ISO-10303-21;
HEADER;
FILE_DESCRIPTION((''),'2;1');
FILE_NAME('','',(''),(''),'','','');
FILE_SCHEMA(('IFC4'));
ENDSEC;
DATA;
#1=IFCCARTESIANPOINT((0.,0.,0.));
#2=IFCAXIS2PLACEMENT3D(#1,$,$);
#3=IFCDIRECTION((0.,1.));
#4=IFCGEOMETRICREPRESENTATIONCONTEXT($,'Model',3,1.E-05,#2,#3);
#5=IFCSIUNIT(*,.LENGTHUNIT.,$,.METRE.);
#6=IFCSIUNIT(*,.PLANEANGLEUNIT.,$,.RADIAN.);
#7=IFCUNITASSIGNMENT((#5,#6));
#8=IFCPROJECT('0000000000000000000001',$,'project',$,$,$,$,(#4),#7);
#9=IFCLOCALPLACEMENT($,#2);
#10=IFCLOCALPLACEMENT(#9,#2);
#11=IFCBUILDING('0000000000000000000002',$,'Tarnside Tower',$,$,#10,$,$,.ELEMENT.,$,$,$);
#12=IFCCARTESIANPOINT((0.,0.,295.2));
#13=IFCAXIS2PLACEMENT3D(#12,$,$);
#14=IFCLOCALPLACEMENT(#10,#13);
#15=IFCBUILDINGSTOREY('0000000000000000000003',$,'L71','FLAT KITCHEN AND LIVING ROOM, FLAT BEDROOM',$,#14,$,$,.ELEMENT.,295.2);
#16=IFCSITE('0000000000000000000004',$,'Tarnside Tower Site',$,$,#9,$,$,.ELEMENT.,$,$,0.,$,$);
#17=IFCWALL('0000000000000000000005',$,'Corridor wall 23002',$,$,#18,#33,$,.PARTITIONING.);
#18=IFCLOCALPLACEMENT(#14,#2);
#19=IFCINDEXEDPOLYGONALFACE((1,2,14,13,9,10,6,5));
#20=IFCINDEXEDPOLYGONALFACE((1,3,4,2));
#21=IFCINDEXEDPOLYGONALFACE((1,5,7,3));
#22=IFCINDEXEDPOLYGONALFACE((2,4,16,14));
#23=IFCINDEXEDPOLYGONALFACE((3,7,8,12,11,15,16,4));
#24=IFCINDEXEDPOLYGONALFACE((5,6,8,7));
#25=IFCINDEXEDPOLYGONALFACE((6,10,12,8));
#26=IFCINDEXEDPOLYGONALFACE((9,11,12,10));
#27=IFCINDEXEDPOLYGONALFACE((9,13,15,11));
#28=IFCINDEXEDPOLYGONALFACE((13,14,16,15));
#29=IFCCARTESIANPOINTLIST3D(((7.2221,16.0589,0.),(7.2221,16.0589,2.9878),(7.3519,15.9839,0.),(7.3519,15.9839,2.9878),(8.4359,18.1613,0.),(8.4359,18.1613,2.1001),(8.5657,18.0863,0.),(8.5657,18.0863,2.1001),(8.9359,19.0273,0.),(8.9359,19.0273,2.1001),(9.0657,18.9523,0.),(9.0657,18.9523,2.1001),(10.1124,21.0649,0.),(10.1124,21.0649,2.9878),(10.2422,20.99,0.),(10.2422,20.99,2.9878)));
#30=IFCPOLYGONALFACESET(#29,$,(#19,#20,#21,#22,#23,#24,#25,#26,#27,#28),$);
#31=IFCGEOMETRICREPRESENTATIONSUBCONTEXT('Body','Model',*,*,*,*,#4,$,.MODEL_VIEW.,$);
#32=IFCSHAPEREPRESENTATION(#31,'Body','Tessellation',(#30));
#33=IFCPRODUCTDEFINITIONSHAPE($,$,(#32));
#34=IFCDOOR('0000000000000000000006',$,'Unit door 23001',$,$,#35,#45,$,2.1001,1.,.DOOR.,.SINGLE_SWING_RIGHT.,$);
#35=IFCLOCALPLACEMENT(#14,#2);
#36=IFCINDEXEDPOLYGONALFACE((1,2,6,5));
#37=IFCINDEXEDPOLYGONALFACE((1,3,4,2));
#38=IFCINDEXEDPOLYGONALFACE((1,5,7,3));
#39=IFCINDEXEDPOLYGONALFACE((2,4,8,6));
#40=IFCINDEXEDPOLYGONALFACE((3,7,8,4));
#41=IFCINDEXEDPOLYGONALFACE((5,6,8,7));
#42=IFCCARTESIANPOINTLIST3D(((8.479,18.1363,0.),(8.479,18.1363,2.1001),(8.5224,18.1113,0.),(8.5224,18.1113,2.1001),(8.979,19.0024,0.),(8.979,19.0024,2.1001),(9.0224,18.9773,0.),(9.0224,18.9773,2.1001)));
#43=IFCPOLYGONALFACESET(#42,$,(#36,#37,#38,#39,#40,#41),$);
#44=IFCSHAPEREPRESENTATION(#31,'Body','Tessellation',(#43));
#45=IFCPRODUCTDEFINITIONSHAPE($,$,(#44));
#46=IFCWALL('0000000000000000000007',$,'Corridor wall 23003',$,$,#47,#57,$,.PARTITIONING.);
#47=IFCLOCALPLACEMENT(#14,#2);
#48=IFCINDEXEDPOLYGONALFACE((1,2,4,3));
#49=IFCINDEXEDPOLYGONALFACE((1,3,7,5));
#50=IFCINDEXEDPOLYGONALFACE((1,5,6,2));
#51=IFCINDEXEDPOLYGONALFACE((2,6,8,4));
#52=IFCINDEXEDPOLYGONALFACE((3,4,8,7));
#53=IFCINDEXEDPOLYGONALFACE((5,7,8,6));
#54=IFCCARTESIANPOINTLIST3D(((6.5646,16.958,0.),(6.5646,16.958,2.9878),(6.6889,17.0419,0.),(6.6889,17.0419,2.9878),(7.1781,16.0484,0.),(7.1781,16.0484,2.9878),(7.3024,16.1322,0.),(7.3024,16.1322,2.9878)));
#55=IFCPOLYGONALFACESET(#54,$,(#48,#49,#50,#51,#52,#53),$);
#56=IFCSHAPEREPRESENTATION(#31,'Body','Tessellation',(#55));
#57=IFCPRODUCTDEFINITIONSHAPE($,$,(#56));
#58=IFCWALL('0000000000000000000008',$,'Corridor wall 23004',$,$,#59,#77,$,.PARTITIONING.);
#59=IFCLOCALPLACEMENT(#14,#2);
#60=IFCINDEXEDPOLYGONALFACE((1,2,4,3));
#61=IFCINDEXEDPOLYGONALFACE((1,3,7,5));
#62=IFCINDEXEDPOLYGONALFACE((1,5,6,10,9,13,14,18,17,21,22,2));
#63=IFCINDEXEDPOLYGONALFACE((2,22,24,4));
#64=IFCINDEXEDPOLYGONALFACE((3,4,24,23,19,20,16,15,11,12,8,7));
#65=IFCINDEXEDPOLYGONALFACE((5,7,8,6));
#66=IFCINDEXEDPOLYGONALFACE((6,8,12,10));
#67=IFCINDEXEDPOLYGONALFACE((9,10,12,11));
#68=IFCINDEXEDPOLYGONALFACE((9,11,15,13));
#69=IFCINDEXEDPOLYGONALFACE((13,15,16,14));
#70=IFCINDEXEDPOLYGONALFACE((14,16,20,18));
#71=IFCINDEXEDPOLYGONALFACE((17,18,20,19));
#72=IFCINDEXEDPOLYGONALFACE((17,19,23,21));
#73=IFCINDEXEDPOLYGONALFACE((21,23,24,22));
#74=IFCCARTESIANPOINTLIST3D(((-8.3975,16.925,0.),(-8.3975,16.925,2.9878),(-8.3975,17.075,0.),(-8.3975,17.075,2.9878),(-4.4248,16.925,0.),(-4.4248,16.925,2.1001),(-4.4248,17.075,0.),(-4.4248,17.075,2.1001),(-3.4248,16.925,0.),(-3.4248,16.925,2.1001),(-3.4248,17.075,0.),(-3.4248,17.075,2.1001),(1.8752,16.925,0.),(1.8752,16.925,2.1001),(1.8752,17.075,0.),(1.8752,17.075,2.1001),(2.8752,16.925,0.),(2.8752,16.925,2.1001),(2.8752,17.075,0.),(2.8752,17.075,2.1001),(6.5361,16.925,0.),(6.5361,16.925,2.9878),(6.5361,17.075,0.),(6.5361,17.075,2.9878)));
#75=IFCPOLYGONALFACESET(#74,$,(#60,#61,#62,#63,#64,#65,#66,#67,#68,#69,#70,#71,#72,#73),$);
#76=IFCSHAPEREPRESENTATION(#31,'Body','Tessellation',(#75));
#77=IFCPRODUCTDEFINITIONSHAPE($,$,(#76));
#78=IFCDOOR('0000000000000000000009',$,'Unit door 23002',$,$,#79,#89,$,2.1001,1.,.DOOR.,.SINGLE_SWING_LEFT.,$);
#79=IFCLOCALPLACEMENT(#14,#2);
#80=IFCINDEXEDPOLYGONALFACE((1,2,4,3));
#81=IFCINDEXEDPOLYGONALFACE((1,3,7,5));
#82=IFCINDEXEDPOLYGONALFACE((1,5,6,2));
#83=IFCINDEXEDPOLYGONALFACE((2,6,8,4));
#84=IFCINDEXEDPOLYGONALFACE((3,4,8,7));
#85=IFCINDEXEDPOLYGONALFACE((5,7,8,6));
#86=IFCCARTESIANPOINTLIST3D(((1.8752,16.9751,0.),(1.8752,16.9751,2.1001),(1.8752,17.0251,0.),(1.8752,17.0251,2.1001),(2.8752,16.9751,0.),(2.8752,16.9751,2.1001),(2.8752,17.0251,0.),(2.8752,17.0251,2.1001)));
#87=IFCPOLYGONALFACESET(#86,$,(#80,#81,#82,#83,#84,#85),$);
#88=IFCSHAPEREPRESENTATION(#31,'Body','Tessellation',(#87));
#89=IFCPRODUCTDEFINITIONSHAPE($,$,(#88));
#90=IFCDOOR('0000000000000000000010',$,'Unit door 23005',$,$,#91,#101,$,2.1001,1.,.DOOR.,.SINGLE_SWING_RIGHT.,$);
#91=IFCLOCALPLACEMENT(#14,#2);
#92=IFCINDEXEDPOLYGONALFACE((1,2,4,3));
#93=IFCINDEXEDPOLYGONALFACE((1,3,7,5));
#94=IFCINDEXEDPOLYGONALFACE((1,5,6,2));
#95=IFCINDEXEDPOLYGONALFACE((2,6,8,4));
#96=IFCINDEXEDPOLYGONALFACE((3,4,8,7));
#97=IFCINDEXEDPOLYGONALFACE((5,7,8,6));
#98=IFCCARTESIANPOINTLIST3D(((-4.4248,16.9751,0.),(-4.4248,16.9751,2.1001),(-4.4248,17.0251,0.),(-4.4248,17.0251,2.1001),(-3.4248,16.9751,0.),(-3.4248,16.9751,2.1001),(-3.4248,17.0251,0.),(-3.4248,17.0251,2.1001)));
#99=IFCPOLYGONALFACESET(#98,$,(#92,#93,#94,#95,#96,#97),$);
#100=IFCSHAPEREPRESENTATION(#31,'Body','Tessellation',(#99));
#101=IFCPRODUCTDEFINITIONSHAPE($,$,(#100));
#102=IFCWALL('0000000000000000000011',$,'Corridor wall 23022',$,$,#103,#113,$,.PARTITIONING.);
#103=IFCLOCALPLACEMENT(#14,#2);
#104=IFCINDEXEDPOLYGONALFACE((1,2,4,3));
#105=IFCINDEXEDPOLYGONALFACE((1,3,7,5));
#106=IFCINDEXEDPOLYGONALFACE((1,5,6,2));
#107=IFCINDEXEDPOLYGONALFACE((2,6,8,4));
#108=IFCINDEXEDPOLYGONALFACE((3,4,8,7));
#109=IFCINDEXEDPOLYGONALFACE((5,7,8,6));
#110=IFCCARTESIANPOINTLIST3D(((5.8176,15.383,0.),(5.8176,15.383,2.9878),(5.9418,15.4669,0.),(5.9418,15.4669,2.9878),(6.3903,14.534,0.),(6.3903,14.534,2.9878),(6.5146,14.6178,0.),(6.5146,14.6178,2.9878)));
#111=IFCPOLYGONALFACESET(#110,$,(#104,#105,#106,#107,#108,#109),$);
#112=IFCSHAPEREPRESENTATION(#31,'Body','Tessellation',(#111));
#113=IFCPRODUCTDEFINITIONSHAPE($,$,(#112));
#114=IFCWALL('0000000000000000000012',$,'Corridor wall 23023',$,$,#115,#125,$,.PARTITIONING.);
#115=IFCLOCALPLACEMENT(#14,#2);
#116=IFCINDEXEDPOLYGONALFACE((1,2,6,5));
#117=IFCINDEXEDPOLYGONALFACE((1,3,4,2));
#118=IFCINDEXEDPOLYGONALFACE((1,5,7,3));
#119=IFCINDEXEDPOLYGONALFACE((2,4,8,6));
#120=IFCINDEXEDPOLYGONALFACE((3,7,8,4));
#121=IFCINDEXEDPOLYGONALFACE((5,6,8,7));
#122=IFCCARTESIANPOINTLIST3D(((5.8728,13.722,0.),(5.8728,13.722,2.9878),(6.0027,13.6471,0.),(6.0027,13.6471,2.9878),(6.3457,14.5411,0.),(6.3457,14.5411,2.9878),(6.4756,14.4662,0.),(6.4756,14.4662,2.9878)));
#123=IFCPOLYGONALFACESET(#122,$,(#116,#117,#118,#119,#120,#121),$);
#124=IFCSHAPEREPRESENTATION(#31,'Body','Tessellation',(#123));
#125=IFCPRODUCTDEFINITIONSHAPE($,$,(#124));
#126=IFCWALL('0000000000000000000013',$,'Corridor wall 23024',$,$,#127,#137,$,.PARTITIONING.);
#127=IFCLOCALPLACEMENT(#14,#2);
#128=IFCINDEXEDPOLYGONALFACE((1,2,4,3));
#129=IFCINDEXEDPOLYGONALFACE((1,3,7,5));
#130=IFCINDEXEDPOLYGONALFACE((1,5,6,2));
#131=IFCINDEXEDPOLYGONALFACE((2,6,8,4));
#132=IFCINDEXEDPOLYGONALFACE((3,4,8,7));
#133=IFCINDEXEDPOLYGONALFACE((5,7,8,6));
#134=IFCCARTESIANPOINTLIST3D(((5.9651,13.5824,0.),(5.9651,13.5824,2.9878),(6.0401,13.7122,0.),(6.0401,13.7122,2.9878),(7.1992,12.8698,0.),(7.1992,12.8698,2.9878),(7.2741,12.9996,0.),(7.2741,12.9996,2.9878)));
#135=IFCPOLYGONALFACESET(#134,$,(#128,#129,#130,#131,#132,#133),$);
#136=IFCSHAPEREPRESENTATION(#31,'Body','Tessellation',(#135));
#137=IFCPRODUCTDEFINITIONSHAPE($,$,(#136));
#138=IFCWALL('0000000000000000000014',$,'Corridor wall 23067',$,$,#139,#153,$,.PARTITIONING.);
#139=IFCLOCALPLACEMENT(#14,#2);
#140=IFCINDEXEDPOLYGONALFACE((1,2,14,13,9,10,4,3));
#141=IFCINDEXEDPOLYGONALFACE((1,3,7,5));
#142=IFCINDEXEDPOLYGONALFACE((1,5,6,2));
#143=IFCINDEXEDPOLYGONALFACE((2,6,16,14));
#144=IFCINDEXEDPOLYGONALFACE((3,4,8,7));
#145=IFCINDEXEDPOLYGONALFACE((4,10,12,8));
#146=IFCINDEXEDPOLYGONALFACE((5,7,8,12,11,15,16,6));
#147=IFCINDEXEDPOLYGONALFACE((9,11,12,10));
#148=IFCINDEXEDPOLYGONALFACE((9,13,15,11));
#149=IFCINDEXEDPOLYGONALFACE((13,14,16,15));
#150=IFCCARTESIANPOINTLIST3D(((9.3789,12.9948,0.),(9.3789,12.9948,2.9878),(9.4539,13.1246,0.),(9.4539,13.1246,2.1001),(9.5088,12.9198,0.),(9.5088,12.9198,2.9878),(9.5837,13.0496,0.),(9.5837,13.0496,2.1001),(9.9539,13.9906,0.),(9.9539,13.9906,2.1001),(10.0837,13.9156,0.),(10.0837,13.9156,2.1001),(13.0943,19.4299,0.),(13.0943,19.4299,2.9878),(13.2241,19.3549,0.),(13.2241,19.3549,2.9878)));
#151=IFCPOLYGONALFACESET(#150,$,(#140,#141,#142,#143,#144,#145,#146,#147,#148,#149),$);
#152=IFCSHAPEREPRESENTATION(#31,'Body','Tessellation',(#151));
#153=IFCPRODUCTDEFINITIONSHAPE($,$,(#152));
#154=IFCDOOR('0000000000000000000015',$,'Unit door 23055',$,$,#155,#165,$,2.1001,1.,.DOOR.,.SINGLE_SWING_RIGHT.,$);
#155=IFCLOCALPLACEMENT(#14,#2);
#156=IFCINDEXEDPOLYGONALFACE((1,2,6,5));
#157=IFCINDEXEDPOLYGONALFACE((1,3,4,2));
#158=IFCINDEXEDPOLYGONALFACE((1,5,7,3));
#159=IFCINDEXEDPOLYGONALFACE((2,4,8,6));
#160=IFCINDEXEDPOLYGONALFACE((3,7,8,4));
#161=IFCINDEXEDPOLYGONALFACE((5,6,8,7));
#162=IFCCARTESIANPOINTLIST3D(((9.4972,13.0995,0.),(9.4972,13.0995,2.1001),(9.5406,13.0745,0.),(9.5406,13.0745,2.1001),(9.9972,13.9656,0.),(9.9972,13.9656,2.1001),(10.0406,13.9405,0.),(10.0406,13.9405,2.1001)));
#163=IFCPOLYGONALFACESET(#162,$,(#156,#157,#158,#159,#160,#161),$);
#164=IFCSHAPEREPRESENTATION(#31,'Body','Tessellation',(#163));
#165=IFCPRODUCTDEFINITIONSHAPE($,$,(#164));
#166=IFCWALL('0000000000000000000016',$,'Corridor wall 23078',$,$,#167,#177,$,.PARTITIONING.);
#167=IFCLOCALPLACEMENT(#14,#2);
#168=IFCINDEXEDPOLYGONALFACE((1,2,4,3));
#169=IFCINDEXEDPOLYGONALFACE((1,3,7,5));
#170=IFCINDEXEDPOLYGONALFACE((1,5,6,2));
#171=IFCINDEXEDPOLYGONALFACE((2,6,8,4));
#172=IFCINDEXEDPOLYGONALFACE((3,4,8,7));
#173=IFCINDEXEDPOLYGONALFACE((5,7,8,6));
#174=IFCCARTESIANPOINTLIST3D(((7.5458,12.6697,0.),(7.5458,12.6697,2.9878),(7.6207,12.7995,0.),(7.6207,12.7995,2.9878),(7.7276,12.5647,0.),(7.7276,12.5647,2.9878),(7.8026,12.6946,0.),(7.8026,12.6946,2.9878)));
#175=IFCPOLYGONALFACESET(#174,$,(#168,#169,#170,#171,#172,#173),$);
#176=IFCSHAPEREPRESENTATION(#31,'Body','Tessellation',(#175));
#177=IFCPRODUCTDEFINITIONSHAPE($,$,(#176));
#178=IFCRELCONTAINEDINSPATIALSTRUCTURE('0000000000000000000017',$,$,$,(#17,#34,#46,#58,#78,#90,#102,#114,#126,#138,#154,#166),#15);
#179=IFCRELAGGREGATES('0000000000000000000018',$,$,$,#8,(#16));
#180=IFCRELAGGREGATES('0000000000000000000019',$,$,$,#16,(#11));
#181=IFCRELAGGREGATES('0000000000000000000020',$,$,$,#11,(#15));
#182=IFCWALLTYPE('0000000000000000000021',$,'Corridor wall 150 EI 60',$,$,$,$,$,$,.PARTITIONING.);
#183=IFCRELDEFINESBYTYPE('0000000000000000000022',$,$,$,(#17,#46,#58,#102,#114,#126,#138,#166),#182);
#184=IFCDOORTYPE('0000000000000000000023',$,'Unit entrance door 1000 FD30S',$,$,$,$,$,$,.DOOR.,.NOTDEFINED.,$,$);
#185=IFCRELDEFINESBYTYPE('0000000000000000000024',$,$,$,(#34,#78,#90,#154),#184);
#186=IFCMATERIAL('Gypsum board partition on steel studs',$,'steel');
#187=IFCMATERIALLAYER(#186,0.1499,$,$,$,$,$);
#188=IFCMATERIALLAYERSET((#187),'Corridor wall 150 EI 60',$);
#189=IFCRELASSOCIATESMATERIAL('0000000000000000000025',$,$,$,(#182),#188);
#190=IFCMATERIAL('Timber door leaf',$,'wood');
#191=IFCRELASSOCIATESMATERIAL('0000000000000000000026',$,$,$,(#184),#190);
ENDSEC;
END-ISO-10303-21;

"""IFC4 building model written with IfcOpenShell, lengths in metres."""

from ifc_helpers import new_model, si_unit, direction, frame, frame_2d, origin, place, context, subcontext, project, spatial, rectangle, extrude, material, layer, layer_set, type_object, element, fill, save


model = new_model("IFC4")

# Units and contexts
model_context = context("Model", 3, precision=1e-05, world=origin(), true_north=direction((0.0, 1.0)))
body_context = subcontext(model_context, "Body", "Model", "MODEL_VIEW")
ifc_project = project(units=[si_unit("LENGTHUNIT", "METRE"), si_unit("PLANEANGLEUNIT", "RADIAN")], contexts=[model_context])

# Site, building, storey
site_placement = place(None, origin())
site = spatial("IfcSite", under=ifc_project, at=site_placement, Name="Tarnside Tower Site", CompositionType="ELEMENT", RefElevation=0.0)
building_placement = place(site_placement, origin())
building = spatial("IfcBuilding", under=site, at=building_placement, Name="Tarnside Tower", CompositionType="ELEMENT")
storey_placement = place(building_placement, frame((0.0, 0.0, 295.2)))
storey = spatial("IfcBuildingStorey", under=building, at=storey_placement, Name="L71", Description="FLAT KITCHEN AND LIVING ROOM, FLAT BEDROOM", CompositionType="ELEMENT", Elevation=295.2)

# Shared definitions
ifc_material_1 = material(Name="Gypsum board partition on steel studs", Category="steel")

# Wall, opening, door
ifc_material_2 = material(Name="Timber door leaf", Category="wood")
ifc_layer_1 = layer(ifc_material_1, 0.1499)
ifc_layer_set_1 = layer_set([ifc_layer_1], Name="Corridor wall 150 EI 60")
wall_type_1 = type_object("IfcWallType", Name="Corridor wall 150 EI 60", PredefinedType="PARTITIONING", material=ifc_layer_set_1)
wall_1_placement = place(storey_placement, frame((10.1772, 21.0273, 0.0), z_axis=(0.0, 0.0, 1.0), x_axis=(-0.500014, -0.866017, 0.0)))
wall_1 = element("IfcWall", 1, at=wall_1_placement, inside=storey, type_object=wall_type_1, Name="Corridor wall 23002", PredefinedType="PARTITIONING", context=body_context, shape_type="SweptSolid", body=[
    extrude(rectangle(XDim=5.7805, YDim=0.1499, at=frame_2d((2.8901, 0.0))), origin(), (0.0, 0.0, 1.0), 2.9878),
])
opening_1_placement = place(wall_1_placement, frame((2.3528, 0.0, 0.0)))
opening_1 = element("IfcOpeningElement", 2, at=opening_1_placement, cuts=wall_1, PredefinedType="OPENING", context=body_context, shape_type="SweptSolid", body=[
    extrude(rectangle(XDim=1.0, YDim=2.1001, at=frame_2d((0.5, 1.05))), frame((0.0, 0.085, 0.0), z_axis=(0.0, -1.0, 0.0), x_axis=(1.0, 0.0, 0.0)), (0.0, 0.0, 1.0), 0.1699),
])
door_type_1 = type_object("IfcDoorType", Name="Unit entrance door 1000 FD30S", OperationType="NOTDEFINED", PredefinedType="DOOR", material=ifc_material_2)
door_1_placement = place(opening_1_placement, origin())
door_1 = element("IfcDoor", 3, at=door_1_placement, inside=storey, type_object=door_type_1, Name="Unit door 23001", OperationType="SINGLE_SWING_RIGHT", OverallHeight=2.1001, OverallWidth=1.0, PredefinedType="DOOR", context=body_context, shape_type="SweptSolid", body=[
    extrude(rectangle(XDim=1.0, YDim=2.1001, at=frame_2d((0.5, 1.05))), frame((0.0, 0.0249, 0.0), z_axis=(0.0, -1.0, 0.0), x_axis=(1.0, 0.0, 0.0)), (0.0, 0.0, 1.0), 0.05),
])
fill(opening_1, door_1)

# Wall
wall_2_placement = place(storey_placement, frame((7.2402, 16.0903, 0.0), z_axis=(0.0, 0.0, 1.0), x_axis=(-0.559159, 0.82906, 0.0)))
element("IfcWall", 4, at=wall_2_placement, inside=storey, type_object=wall_type_1, Name="Corridor wall 23003", PredefinedType="PARTITIONING", context=body_context, shape_type="SweptSolid", body=[
    extrude(rectangle(XDim=1.0972, YDim=0.1499, at=frame_2d((0.5486, 0.0))), origin(), (0.0, 0.0, 1.0), 2.9878),
])

# Wall, openings, doors
wall_3_placement = place(storey_placement, frame((6.5361, 17.0, 0.0), z_axis=(0.0, 0.0, 1.0), x_axis=(-1.0, 0.0, 0.0)))
wall_3 = element("IfcWall", 5, at=wall_3_placement, inside=storey, type_object=wall_type_1, Name="Corridor wall 23004", PredefinedType="PARTITIONING", context=body_context, shape_type="SweptSolid", body=[
    extrude(rectangle(XDim=14.9336, YDim=0.1499, at=frame_2d((7.4668, 0.0))), origin(), (0.0, 0.0, 1.0), 2.9878),
])
opening_2_placement = place(wall_3_placement, frame((3.6609, 0.0, 0.0)))
opening_2 = element("IfcOpeningElement", 6, at=opening_2_placement, cuts=wall_3, PredefinedType="OPENING", context=body_context, shape_type="SweptSolid", body=[
    extrude(rectangle(XDim=1.0, YDim=2.1001, at=frame_2d((0.5, 1.05))), frame((0.0, 0.085, 0.0), z_axis=(0.0, -1.0, 0.0), x_axis=(1.0, 0.0, 0.0)), (0.0, 0.0, 1.0), 0.1699),
])
opening_3_placement = place(wall_3_placement, frame((9.9609, 0.0, 0.0)))
opening_3 = element("IfcOpeningElement", 7, at=opening_3_placement, cuts=wall_3, PredefinedType="OPENING", context=body_context, shape_type="SweptSolid", body=[
    extrude(rectangle(XDim=1.0, YDim=2.1001, at=frame_2d((0.5, 1.05))), frame((0.0, 0.085, 0.0), z_axis=(0.0, -1.0, 0.0), x_axis=(1.0, 0.0, 0.0)), (0.0, 0.0, 1.0), 0.1699),
])
door_2_placement = place(opening_2_placement, origin())
door_2 = element("IfcDoor", 8, at=door_2_placement, inside=storey, type_object=door_type_1, Name="Unit door 23002", OperationType="SINGLE_SWING_LEFT", OverallHeight=2.1001, OverallWidth=1.0, PredefinedType="DOOR", context=body_context, shape_type="SweptSolid", body=[
    extrude(rectangle(XDim=1.0, YDim=2.1001, at=frame_2d((0.5, 1.05))), frame((0.0, 0.0249, 0.0), z_axis=(0.0, -1.0, 0.0), x_axis=(1.0, 0.0, 0.0)), (0.0, 0.0, 1.0), 0.05),
])
fill(opening_2, door_2)
door_3_placement = place(opening_3_placement, origin())
door_3 = element("IfcDoor", 9, at=door_3_placement, inside=storey, type_object=door_type_1, Name="Unit door 23005", OperationType="SINGLE_SWING_RIGHT", OverallHeight=2.1001, OverallWidth=1.0, PredefinedType="DOOR", context=body_context, shape_type="SweptSolid", body=[
    extrude(rectangle(XDim=1.0, YDim=2.1001, at=frame_2d((0.5, 1.05))), frame((0.0, 0.0249, 0.0), z_axis=(0.0, -1.0, 0.0), x_axis=(1.0, 0.0, 0.0)), (0.0, 0.0, 1.0), 0.05),
])
fill(opening_3, door_3)

# Walls
wall_4_placement = place(storey_placement, frame((5.8796, 15.425, 0.0), z_axis=(0.0, 0.0, 1.0), x_axis=(0.559203, -0.829031, 0.0)))
element("IfcWall", 10, at=wall_4_placement, inside=storey, type_object=wall_type_1, Name="Corridor wall 23022", PredefinedType="PARTITIONING", context=body_context, shape_type="SweptSolid", body=[
    extrude(rectangle(XDim=1.0242, YDim=0.1499, at=frame_2d((0.5122, 0.0))), origin(), (0.0, 0.0, 1.0), 2.9878),
])
wall_5_placement = place(storey_placement, frame((6.4106, 14.5037, 0.0), z_axis=(0.0, 0.0, 1.0), x_axis=(-0.499998, -0.866027, 0.0)))
element("IfcWall", 11, at=wall_5_placement, inside=storey, type_object=wall_type_1, Name="Corridor wall 23023", PredefinedType="PARTITIONING", context=body_context, shape_type="SweptSolid", body=[
    extrude(rectangle(XDim=0.9458, YDim=0.1499, at=frame_2d((0.4729, 0.0))), origin(), (0.0, 0.0, 1.0), 2.9878),
])
wall_6_placement = place(storey_placement, frame((6.0027, 13.6472, 0.0), z_axis=(0.0, 0.0, 1.0), x_axis=(0.865989, -0.500064, 0.0)))
element("IfcWall", 12, at=wall_6_placement, inside=storey, type_object=wall_type_1, Name="Corridor wall 23024", PredefinedType="PARTITIONING", context=body_context, shape_type="SweptSolid", body=[
    extrude(rectangle(XDim=1.425, YDim=0.1499, at=frame_2d((0.7124, 0.0))), origin(), (0.0, 0.0, 1.0), 2.9878),
])

# Wall, opening, door
wall_7_placement = place(storey_placement, frame((9.4438, 12.9573, 0.0), z_axis=(0.0, 0.0, 1.0), x_axis=(0.500005, 0.866023, 0.0)))
wall_7 = element("IfcWall", 13, at=wall_7_placement, inside=storey, type_object=wall_type_1, Name="Corridor wall 23067", PredefinedType="PARTITIONING", context=body_context, shape_type="SweptSolid", body=[
    extrude(rectangle(XDim=7.4307, YDim=0.1499, at=frame_2d((3.7153, 0.0))), origin(), (0.0, 0.0, 1.0), 2.9878),
])
opening_4_placement = place(wall_7_placement, frame((0.1499, 0.0, 0.0)))
opening_4 = element("IfcOpeningElement", 14, at=opening_4_placement, cuts=wall_7, PredefinedType="OPENING", context=body_context, shape_type="SweptSolid", body=[
    extrude(rectangle(XDim=1.0, YDim=2.1001, at=frame_2d((0.5, 1.05))), frame((0.0, 0.085, 0.0), z_axis=(0.0, -1.0, 0.0), x_axis=(1.0, 0.0, 0.0)), (0.0, 0.0, 1.0), 0.1699),
])
door_4_placement = place(opening_4_placement, origin())
door_4 = element("IfcDoor", 15, at=door_4_placement, inside=storey, type_object=door_type_1, Name="Unit door 23055", OperationType="SINGLE_SWING_RIGHT", OverallHeight=2.1001, OverallWidth=1.0, PredefinedType="DOOR", context=body_context, shape_type="SweptSolid", body=[
    extrude(rectangle(XDim=1.0, YDim=2.1001, at=frame_2d((0.5, 1.05))), frame((0.0, 0.0249, 0.0), z_axis=(0.0, -1.0, 0.0), x_axis=(1.0, 0.0, 0.0)), (0.0, 0.0, 1.0), 0.05),
])
fill(opening_4, door_4)

# Wall
wall_8_placement = place(storey_placement, frame((7.5833, 12.7346, 0.0), z_axis=(0.0, 0.0, 1.0), x_axis=(0.866089, -0.49989, 0.0)))
element("IfcWall", 16, at=wall_8_placement, inside=storey, type_object=wall_type_1, Name="Corridor wall 23078", PredefinedType="PARTITIONING", context=body_context, shape_type="SweptSolid", body=[
    extrude(rectangle(XDim=0.21, YDim=0.1499, at=frame_2d((0.105, 0.0))), origin(), (0.0, 0.0, 1.0), 2.9878),
])

save(model, "model.ifc")
